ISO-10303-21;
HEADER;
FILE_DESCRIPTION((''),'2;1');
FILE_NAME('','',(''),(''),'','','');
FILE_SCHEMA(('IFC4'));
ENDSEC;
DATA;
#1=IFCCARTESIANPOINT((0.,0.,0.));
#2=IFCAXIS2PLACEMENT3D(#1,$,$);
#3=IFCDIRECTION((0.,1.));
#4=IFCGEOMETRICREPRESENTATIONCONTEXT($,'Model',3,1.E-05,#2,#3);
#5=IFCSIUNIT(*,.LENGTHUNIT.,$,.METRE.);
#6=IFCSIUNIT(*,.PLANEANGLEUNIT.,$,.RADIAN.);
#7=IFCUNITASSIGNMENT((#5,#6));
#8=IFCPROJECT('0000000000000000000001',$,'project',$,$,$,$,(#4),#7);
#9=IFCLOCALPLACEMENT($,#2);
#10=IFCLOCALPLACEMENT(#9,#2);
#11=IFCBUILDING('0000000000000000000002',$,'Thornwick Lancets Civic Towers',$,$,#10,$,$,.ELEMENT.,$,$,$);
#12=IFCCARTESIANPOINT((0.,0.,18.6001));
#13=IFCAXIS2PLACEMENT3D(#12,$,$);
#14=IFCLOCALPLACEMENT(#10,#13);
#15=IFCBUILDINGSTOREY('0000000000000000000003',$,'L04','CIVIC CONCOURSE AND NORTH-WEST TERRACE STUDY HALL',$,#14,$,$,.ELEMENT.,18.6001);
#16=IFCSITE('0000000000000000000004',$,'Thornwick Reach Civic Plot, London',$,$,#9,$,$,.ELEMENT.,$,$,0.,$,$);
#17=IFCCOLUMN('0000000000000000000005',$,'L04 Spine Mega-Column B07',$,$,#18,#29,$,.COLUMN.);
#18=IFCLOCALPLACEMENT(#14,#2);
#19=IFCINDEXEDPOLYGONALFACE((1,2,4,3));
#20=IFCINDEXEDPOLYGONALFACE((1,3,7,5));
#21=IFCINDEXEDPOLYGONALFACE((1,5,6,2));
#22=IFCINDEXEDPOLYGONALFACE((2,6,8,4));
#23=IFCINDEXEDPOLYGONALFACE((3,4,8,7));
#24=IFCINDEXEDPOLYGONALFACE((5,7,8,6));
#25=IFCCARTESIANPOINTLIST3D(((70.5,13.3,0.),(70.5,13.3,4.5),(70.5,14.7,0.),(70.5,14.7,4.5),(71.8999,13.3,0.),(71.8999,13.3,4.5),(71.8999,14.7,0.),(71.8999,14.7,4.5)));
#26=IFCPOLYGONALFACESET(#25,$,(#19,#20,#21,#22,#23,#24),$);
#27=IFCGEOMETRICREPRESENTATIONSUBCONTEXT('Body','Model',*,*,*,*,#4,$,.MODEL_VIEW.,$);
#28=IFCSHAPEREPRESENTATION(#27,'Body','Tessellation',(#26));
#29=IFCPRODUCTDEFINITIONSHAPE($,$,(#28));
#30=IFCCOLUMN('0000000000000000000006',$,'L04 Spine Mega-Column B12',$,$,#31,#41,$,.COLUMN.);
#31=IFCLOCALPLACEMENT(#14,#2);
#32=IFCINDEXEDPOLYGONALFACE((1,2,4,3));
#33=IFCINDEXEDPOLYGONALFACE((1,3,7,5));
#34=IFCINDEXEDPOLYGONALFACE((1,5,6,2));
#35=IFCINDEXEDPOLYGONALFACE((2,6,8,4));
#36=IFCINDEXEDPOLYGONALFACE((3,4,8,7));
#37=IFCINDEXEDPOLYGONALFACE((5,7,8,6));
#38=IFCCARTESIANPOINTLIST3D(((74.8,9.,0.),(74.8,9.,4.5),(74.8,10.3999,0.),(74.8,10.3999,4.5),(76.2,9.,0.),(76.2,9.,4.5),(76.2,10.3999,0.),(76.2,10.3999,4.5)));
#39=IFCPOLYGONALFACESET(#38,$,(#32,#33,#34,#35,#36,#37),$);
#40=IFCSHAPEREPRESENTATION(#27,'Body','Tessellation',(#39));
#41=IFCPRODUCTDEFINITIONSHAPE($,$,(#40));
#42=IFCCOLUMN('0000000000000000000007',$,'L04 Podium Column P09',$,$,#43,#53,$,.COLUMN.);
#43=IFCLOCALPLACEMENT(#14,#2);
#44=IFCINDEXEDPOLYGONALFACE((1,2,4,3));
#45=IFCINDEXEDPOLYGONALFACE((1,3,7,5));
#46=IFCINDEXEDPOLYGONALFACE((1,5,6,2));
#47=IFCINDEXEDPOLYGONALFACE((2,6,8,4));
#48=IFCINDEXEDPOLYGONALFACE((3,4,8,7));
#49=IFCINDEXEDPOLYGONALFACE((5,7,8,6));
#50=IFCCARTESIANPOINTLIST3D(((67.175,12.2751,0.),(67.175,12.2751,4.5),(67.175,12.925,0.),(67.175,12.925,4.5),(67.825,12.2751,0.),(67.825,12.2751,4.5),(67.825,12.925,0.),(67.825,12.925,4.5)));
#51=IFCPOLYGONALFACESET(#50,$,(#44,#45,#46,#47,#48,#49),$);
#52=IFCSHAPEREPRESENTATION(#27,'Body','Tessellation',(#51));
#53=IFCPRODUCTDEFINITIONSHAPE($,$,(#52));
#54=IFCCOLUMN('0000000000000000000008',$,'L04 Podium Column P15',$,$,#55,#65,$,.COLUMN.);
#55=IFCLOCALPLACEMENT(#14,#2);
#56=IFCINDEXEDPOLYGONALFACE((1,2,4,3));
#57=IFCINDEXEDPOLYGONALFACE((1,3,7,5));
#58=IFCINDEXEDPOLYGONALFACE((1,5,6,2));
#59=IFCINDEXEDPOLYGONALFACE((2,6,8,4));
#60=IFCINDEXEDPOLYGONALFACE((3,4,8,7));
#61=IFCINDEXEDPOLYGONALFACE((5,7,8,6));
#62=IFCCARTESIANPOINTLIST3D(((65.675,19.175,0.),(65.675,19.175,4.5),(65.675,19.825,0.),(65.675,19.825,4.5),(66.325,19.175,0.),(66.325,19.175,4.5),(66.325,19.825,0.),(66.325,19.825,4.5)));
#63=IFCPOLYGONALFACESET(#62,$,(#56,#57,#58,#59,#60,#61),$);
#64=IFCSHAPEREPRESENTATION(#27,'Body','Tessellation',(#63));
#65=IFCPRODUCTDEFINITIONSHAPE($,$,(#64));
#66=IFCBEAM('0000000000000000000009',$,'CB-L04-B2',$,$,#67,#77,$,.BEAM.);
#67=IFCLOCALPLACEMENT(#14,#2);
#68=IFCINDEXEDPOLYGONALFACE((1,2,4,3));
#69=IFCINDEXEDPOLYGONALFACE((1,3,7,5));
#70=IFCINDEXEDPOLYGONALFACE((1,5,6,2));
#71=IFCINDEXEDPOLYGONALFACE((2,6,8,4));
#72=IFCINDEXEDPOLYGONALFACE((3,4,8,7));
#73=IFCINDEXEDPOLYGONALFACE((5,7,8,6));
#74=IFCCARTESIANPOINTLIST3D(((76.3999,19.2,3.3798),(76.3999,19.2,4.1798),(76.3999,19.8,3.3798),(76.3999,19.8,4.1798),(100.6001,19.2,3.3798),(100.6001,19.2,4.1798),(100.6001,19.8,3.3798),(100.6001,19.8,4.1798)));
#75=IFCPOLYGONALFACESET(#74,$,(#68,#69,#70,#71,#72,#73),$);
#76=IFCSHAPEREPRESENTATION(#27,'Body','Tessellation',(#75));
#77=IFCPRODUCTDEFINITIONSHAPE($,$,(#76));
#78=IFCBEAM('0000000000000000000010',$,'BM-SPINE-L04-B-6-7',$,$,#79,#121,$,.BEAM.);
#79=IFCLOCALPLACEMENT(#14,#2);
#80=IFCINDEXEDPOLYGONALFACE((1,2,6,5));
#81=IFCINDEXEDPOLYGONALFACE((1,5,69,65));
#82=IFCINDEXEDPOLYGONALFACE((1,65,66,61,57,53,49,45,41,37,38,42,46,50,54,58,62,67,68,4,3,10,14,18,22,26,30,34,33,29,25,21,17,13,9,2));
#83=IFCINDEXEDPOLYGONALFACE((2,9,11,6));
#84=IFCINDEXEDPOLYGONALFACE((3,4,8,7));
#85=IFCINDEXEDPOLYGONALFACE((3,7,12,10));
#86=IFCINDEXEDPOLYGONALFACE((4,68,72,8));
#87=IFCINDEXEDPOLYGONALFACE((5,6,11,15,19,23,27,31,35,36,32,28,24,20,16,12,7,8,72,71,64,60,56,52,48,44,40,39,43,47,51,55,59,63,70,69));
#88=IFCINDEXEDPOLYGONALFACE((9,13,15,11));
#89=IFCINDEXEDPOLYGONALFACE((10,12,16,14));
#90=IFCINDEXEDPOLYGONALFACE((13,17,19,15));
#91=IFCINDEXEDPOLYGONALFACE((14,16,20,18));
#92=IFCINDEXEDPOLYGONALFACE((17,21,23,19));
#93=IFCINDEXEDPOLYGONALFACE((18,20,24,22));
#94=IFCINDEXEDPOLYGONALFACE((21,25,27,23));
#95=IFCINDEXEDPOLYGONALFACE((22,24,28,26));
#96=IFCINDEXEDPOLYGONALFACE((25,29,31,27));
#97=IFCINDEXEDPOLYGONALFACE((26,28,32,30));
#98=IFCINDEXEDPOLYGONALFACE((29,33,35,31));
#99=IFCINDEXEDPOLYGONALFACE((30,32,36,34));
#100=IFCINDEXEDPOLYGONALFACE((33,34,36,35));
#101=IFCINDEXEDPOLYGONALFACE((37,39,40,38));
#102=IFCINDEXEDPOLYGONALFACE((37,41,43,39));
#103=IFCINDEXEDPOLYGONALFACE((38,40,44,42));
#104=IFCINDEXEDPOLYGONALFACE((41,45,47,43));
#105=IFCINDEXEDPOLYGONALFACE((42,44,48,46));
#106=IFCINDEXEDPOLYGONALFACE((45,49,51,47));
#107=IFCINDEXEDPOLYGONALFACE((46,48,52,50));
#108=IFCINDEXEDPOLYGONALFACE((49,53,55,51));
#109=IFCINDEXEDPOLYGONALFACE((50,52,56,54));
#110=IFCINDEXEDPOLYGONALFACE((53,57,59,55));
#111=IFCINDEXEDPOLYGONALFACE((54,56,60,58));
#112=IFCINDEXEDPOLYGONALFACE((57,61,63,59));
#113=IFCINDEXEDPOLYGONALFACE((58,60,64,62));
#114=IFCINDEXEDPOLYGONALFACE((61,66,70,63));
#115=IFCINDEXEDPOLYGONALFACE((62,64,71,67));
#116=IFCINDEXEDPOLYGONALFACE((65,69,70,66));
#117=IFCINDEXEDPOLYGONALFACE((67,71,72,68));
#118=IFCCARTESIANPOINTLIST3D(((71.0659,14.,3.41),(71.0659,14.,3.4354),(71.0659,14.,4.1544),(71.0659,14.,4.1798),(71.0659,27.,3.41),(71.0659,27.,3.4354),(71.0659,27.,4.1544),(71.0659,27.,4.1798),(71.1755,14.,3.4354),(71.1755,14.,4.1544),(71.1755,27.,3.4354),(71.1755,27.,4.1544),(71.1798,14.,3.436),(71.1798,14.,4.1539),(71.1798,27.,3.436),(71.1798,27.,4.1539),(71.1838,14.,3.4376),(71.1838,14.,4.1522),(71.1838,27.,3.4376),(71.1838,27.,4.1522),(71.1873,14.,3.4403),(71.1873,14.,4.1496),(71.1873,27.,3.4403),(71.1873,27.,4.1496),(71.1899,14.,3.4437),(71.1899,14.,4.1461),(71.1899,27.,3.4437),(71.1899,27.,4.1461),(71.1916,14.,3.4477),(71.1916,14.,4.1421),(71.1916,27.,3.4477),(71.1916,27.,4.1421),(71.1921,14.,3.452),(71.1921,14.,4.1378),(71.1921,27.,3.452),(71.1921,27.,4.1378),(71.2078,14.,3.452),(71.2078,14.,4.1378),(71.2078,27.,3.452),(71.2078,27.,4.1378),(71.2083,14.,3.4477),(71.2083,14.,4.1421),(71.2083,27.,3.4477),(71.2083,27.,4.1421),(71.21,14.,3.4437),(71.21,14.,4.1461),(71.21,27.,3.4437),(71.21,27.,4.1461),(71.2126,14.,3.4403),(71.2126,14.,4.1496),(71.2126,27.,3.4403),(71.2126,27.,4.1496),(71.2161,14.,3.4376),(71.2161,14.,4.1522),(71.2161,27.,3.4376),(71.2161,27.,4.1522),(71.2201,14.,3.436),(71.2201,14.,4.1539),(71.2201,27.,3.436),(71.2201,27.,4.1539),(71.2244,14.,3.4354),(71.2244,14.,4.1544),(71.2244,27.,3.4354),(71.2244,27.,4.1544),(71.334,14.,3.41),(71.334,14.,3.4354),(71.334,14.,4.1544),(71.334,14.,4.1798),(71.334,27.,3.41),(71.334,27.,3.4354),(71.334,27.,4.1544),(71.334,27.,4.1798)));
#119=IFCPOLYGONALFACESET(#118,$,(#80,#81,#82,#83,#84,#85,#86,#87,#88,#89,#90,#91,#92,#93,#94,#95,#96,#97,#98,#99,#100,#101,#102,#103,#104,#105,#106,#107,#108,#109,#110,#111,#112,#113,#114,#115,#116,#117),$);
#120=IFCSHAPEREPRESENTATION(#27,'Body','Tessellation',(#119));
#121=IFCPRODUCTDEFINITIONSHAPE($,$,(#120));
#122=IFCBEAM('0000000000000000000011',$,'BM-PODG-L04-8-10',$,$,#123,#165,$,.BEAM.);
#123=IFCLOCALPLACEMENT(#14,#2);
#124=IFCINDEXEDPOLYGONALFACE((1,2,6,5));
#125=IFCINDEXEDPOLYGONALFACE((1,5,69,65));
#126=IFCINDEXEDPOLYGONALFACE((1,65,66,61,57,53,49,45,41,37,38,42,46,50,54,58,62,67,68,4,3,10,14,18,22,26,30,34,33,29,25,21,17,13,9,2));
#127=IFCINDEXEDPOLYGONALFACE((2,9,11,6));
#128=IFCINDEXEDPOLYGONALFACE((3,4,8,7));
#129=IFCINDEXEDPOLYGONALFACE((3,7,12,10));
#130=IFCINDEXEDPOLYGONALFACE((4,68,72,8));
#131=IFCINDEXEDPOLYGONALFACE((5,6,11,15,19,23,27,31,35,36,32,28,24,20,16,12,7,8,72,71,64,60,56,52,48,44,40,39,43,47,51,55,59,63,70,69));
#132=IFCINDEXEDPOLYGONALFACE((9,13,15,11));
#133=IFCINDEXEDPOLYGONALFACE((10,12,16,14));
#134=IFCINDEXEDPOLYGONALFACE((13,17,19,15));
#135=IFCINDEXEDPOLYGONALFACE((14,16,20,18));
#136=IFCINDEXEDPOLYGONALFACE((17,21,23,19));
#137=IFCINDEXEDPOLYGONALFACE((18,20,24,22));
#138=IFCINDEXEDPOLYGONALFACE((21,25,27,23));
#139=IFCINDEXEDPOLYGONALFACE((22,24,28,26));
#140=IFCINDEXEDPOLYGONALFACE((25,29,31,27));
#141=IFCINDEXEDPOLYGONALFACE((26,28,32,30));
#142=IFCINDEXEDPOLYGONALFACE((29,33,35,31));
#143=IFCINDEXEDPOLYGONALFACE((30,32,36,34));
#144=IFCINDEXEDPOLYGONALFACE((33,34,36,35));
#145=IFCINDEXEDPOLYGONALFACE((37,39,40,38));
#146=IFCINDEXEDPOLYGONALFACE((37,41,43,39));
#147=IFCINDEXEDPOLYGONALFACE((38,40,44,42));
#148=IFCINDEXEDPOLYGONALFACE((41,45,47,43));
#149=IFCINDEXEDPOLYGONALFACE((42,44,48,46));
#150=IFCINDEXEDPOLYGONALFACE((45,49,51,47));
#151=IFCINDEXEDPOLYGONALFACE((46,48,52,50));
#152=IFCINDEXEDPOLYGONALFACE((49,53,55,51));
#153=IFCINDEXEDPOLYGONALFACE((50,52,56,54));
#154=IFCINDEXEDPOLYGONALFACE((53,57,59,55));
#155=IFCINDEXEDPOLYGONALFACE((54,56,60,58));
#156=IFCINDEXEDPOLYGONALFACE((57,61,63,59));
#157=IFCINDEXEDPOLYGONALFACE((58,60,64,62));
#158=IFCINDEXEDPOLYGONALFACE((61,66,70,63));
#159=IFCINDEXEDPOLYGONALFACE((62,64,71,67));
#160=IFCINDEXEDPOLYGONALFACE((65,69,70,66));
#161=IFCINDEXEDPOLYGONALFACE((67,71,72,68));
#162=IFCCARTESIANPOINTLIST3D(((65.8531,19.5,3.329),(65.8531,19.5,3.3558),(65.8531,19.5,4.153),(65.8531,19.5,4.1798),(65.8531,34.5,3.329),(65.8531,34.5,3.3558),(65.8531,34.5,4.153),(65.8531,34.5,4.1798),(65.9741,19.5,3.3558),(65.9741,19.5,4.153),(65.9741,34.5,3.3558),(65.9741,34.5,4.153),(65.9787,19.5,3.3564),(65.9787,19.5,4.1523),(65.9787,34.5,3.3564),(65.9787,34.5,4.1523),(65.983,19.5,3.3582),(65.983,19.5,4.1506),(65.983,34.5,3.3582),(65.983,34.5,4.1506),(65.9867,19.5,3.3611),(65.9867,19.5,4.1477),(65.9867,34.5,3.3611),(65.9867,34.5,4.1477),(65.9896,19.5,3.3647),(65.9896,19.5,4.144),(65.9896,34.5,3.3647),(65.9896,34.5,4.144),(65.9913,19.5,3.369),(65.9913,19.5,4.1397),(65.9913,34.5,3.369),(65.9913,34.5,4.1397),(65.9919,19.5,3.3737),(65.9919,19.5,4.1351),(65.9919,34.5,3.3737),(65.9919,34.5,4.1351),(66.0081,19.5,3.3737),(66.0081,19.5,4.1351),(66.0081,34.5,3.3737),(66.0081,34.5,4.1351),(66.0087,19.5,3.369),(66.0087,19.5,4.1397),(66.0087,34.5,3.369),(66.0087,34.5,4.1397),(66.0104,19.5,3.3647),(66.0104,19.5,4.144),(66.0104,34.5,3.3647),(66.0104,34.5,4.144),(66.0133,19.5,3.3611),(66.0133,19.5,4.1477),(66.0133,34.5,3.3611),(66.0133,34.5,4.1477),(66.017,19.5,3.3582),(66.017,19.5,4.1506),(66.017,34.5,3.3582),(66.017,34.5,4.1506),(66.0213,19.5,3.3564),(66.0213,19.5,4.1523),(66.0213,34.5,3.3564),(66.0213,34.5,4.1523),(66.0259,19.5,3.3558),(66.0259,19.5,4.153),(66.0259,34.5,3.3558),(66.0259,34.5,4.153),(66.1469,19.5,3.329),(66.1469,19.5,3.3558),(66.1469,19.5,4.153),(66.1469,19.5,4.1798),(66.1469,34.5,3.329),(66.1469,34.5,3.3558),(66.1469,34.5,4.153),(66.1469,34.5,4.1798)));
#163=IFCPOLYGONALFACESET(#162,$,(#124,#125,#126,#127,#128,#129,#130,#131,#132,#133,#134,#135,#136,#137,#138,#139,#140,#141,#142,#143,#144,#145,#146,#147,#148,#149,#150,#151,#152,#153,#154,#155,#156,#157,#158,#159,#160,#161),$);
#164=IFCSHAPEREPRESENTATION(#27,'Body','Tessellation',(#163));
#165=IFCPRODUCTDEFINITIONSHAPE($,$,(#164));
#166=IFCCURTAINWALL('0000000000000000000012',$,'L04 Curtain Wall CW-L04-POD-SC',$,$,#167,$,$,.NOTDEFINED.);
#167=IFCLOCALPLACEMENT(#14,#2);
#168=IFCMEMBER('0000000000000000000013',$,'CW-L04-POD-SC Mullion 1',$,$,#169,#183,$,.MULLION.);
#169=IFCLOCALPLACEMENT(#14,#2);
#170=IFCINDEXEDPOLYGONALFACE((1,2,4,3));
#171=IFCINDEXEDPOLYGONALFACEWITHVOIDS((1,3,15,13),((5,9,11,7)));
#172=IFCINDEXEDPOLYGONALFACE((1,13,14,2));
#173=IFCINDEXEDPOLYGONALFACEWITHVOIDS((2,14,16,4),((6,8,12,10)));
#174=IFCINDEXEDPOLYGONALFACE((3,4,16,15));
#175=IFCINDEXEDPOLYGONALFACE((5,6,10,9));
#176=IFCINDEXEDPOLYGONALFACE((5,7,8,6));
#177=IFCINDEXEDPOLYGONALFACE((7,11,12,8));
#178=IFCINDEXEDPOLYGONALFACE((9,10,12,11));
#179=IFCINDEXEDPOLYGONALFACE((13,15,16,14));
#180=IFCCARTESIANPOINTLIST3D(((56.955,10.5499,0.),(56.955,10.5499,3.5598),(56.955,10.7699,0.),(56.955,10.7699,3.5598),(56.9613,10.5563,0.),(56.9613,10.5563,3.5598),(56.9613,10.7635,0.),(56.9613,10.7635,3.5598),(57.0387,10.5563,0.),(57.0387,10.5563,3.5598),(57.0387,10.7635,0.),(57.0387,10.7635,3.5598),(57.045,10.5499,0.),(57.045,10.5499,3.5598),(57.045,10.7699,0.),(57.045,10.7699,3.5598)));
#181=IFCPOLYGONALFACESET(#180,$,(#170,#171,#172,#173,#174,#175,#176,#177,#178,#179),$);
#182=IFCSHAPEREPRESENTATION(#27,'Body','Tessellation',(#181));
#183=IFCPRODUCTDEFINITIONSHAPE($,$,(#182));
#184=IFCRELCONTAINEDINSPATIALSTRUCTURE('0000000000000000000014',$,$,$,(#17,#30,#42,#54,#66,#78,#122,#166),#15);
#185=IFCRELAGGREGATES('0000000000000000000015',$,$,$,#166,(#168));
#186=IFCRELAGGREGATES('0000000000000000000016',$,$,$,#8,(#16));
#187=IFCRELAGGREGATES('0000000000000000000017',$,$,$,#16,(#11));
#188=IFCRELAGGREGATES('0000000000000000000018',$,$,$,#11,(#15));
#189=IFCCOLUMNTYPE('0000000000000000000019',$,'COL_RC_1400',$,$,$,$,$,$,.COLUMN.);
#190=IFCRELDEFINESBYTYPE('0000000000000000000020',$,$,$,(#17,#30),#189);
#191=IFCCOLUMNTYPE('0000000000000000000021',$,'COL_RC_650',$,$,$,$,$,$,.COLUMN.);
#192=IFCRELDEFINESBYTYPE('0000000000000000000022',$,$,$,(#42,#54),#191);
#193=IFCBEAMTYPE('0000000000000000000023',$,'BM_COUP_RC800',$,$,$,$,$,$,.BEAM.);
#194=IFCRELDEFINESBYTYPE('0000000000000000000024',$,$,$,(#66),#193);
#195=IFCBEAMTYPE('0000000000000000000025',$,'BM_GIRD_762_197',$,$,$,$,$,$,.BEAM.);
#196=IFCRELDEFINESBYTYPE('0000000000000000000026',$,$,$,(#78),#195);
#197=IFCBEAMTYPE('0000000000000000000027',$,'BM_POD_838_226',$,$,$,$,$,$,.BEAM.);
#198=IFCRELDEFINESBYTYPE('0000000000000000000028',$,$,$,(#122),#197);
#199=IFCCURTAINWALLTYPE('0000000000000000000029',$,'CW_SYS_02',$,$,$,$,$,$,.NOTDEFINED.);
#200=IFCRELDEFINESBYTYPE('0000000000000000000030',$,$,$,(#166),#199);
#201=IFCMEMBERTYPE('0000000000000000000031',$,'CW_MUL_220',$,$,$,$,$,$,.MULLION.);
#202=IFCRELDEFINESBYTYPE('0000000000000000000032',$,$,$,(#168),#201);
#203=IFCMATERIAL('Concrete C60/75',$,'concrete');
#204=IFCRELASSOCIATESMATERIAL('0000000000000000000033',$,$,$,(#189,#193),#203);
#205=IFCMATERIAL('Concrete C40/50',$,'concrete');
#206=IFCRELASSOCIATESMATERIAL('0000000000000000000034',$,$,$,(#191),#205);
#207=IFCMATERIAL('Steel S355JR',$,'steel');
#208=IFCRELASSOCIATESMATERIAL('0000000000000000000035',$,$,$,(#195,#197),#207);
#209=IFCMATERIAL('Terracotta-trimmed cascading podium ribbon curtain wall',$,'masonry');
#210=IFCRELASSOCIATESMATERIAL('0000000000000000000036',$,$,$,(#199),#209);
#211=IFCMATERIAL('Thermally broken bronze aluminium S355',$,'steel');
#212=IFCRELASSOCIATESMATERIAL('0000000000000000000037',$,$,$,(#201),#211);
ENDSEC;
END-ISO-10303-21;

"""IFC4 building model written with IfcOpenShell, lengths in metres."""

from ifc_helpers import new_model, si_unit, direction, frame, origin, origin_2d, place, context, subcontext, project, spatial, rectangle, hollow_rectangle, i_section, extrude, material, material_profile, profile_set, type_object, element, aggregate, save


model = new_model("IFC4")

# Units and contexts
model_context = context("Model", 3, precision=1e-05, world=origin(), true_north=direction((0.0, 1.0)))
body_context = subcontext(model_context, "Body", "Model", "MODEL_VIEW")
ifc_project = project(units=[si_unit("LENGTHUNIT", "METRE"), si_unit("PLANEANGLEUNIT", "RADIAN")], contexts=[model_context])

# Site, building, storey
site_placement = place(None, origin())
site = spatial("IfcSite", under=ifc_project, at=site_placement, Name="Thornwick Reach Civic Plot, London", CompositionType="ELEMENT", RefElevation=0.0)
building_placement = place(site_placement, origin())
building = spatial("IfcBuilding", under=site, at=building_placement, Name="Thornwick Lancets Civic Towers", CompositionType="ELEMENT")
storey_placement = place(building_placement, frame((0.0, 0.0, 18.6001)))
storey = spatial("IfcBuildingStorey", under=building, at=storey_placement, Name="L04", Description="CIVIC CONCOURSE AND NORTH-WEST TERRACE STUDY HALL", CompositionType="ELEMENT", Elevation=18.6001)

# Columns
ifc_material_1 = material(Name="Concrete C60/75", Category="concrete")
ifc_material_profile_1 = material_profile(ifc_material_1, rectangle(XDim=1.3999, YDim=1.3999, at=origin_2d()), Name="RC 1400x1400")
ifc_profile_set_1 = profile_set([ifc_material_profile_1], Name="Concrete C60/75")
column_type_1 = type_object("IfcColumnType", Name="COL_RC_1400", PredefinedType="COLUMN", material=ifc_profile_set_1)
for number, where, z_axis, x_axis, name in (
    (1, (71.2, 14.0, 0.0), (0.0, 0.0, 1.0), (1.0, 0.0, 0.0), "L04 Spine Mega-Column B07"),
    (2, (75.5, 9.7, 0.0), (0.0, 0.0, 1.0), (1.0, 0.0, 0.0), "L04 Spine Mega-Column B12"),
):
    element("IfcColumn", number, at=place(storey_placement, frame(where, z_axis=z_axis, x_axis=x_axis)), inside=storey, type_object=column_type_1, Name=name, PredefinedType="COLUMN", context=body_context, shape_type="SweptSolid", body=[
        extrude(rectangle(XDim=1.3999, YDim=1.3999, at=origin_2d()), origin(), (0.0, 0.0, 1.0), 4.5),
    ])
ifc_material_2 = material(Name="Concrete C40/50", Category="concrete")
ifc_material_profile_2 = material_profile(ifc_material_2, rectangle(XDim=0.6499, YDim=0.6499, at=origin_2d()), Name="RC 650x650")
ifc_profile_set_2 = profile_set([ifc_material_profile_2], Name="Concrete C40/50")
column_type_2 = type_object("IfcColumnType", Name="COL_RC_650", PredefinedType="COLUMN", material=ifc_profile_set_2)
for number, where, z_axis, x_axis, name in (
    (3, (67.5, 12.6001, 0.0), (0.0, 0.0, 1.0), (1.0, 0.0, 0.0), "L04 Podium Column P09"),
    (4, (66.0, 19.5, 0.0), (0.0, 0.0, 1.0), (1.0, 0.0, 0.0), "L04 Podium Column P15"),
):
    element("IfcColumn", number, at=place(storey_placement, frame(where, z_axis=z_axis, x_axis=x_axis)), inside=storey, type_object=column_type_2, Name=name, PredefinedType="COLUMN", context=body_context, shape_type="SweptSolid", body=[
        extrude(rectangle(XDim=0.6499, YDim=0.6499, at=origin_2d()), origin(), (0.0, 0.0, 1.0), 4.5),
    ])

# Beams
ifc_material_profile_3 = material_profile(ifc_material_1, rectangle(XDim=0.6001, YDim=0.8, at=origin_2d()), Name="RC 600x800")
ifc_profile_set_3 = profile_set([ifc_material_profile_3], Name="Concrete C60/75")
beam_type_1 = type_object("IfcBeamType", Name="BM_COUP_RC800", PredefinedType="BEAM", material=ifc_profile_set_3)
beam_1_placement = place(storey_placement, frame((76.3999, 19.5, 3.7798), z_axis=(1.0, 0.0, 0.0), x_axis=(0.0, 1.0, 0.0)))
element("IfcBeam", 5, at=beam_1_placement, inside=storey, type_object=beam_type_1, Name="CB-L04-B2", PredefinedType="BEAM", context=body_context, shape_type="SweptSolid", body=[
    extrude(rectangle(XDim=0.6001, YDim=0.8, at=origin_2d()), origin(), (0.0, 0.0, 1.0), 24.2002),
])
ifc_material_3 = material(Name="Steel S355JR", Category="steel")
ifc_material_profile_4 = material_profile(ifc_material_3, i_section(OverallWidth=0.2681, OverallDepth=0.7698, WebThickness=0.0156, FlangeThickness=0.0254, FilletRadius=0.0166, at=origin_2d()), Name="UKB 762x267x197")
ifc_profile_set_4 = profile_set([ifc_material_profile_4], Name="Steel S355JR")
beam_type_2 = type_object("IfcBeamType", Name="BM_GIRD_762_197", PredefinedType="BEAM", material=ifc_profile_set_4)
beam_2_placement = place(storey_placement, frame((71.2, 14.0, 3.7949), z_axis=(0.0, 1.0, 0.0), x_axis=(-1.0, 0.0, 0.0)))
element("IfcBeam", 6, at=beam_2_placement, inside=storey, type_object=beam_type_2, Name="BM-SPINE-L04-B-6-7", PredefinedType="BEAM", context=body_context, shape_type="SweptSolid", body=[
    extrude(i_section(OverallWidth=0.2681, OverallDepth=0.7698, WebThickness=0.0156, FlangeThickness=0.0254, FilletRadius=0.0166, at=origin_2d()), origin(), (0.0, 0.0, 1.0), 13.0),
])
ifc_material_profile_5 = material_profile(ifc_material_3, i_section(OverallWidth=0.2937, OverallDepth=0.8508, WebThickness=0.0161, FlangeThickness=0.0269, FilletRadius=0.0178, at=origin_2d()), Name="UKB 838x292x226")
ifc_profile_set_5 = profile_set([ifc_material_profile_5], Name="Steel S355JR")
beam_type_3 = type_object("IfcBeamType", Name="BM_POD_838_226", PredefinedType="BEAM", material=ifc_profile_set_5)
beam_3_placement = place(storey_placement, frame((66.0, 19.5, 3.7544), z_axis=(0.0, 1.0, 0.0), x_axis=(-1.0, 0.0, 0.0)))
element("IfcBeam", 7, at=beam_3_placement, inside=storey, type_object=beam_type_3, Name="BM-PODG-L04-8-10", PredefinedType="BEAM", context=body_context, shape_type="SweptSolid", body=[
    extrude(i_section(OverallWidth=0.2937, OverallDepth=0.8508, WebThickness=0.0161, FlangeThickness=0.0269, FilletRadius=0.0178, at=origin_2d()), origin(), (0.0, 0.0, 1.0), 15.0),
])

# Curtain wall, member
ifc_material_4 = material(Name="Terracotta-trimmed cascading podium ribbon curtain wall", Category="masonry")
curtain_wall_type = type_object("IfcCurtainWallType", Name="CW_SYS_02", PredefinedType="NOTDEFINED", material=ifc_material_4)
curtain_wall_placement = place(storey_placement, origin())
curtain_wall = element("IfcCurtainWall", 8, at=curtain_wall_placement, inside=storey, type_object=curtain_wall_type, Name="L04 Curtain Wall CW-L04-POD-SC", PredefinedType="NOTDEFINED")
ifc_material_5 = material(Name="Thermally broken bronze aluminium S355", Category="steel")
ifc_material_profile_6 = material_profile(ifc_material_5, hollow_rectangle(XDim=0.0901, YDim=0.22, WallThickness=0.0063, at=origin_2d()), Name="RHS 220x90x6.3")
ifc_profile_set_6 = profile_set([ifc_material_profile_6], Name="Thermally broken bronze aluminium S355")
member_type_1 = type_object("IfcMemberType", Name="CW_MUL_220", PredefinedType="MULLION", material=ifc_profile_set_6)
member_1_placement = place(storey_placement, frame((57.0, 10.6599, 0.0), z_axis=(0.0, 0.0, 1.0), x_axis=(1.0, 0.0, 0.0)))
member_1 = element("IfcMember", 9, at=member_1_placement, type_object=member_type_1, Name="CW-L04-POD-SC Mullion 1", PredefinedType="MULLION", context=body_context, shape_type="SweptSolid", body=[
    extrude(hollow_rectangle(XDim=0.0901, YDim=0.22, WallThickness=0.0063, at=origin_2d()), origin(), (0.0, 0.0, 1.0), 3.5598),
])
aggregate(curtain_wall, [member_1])

save(model, "model.ifc")
